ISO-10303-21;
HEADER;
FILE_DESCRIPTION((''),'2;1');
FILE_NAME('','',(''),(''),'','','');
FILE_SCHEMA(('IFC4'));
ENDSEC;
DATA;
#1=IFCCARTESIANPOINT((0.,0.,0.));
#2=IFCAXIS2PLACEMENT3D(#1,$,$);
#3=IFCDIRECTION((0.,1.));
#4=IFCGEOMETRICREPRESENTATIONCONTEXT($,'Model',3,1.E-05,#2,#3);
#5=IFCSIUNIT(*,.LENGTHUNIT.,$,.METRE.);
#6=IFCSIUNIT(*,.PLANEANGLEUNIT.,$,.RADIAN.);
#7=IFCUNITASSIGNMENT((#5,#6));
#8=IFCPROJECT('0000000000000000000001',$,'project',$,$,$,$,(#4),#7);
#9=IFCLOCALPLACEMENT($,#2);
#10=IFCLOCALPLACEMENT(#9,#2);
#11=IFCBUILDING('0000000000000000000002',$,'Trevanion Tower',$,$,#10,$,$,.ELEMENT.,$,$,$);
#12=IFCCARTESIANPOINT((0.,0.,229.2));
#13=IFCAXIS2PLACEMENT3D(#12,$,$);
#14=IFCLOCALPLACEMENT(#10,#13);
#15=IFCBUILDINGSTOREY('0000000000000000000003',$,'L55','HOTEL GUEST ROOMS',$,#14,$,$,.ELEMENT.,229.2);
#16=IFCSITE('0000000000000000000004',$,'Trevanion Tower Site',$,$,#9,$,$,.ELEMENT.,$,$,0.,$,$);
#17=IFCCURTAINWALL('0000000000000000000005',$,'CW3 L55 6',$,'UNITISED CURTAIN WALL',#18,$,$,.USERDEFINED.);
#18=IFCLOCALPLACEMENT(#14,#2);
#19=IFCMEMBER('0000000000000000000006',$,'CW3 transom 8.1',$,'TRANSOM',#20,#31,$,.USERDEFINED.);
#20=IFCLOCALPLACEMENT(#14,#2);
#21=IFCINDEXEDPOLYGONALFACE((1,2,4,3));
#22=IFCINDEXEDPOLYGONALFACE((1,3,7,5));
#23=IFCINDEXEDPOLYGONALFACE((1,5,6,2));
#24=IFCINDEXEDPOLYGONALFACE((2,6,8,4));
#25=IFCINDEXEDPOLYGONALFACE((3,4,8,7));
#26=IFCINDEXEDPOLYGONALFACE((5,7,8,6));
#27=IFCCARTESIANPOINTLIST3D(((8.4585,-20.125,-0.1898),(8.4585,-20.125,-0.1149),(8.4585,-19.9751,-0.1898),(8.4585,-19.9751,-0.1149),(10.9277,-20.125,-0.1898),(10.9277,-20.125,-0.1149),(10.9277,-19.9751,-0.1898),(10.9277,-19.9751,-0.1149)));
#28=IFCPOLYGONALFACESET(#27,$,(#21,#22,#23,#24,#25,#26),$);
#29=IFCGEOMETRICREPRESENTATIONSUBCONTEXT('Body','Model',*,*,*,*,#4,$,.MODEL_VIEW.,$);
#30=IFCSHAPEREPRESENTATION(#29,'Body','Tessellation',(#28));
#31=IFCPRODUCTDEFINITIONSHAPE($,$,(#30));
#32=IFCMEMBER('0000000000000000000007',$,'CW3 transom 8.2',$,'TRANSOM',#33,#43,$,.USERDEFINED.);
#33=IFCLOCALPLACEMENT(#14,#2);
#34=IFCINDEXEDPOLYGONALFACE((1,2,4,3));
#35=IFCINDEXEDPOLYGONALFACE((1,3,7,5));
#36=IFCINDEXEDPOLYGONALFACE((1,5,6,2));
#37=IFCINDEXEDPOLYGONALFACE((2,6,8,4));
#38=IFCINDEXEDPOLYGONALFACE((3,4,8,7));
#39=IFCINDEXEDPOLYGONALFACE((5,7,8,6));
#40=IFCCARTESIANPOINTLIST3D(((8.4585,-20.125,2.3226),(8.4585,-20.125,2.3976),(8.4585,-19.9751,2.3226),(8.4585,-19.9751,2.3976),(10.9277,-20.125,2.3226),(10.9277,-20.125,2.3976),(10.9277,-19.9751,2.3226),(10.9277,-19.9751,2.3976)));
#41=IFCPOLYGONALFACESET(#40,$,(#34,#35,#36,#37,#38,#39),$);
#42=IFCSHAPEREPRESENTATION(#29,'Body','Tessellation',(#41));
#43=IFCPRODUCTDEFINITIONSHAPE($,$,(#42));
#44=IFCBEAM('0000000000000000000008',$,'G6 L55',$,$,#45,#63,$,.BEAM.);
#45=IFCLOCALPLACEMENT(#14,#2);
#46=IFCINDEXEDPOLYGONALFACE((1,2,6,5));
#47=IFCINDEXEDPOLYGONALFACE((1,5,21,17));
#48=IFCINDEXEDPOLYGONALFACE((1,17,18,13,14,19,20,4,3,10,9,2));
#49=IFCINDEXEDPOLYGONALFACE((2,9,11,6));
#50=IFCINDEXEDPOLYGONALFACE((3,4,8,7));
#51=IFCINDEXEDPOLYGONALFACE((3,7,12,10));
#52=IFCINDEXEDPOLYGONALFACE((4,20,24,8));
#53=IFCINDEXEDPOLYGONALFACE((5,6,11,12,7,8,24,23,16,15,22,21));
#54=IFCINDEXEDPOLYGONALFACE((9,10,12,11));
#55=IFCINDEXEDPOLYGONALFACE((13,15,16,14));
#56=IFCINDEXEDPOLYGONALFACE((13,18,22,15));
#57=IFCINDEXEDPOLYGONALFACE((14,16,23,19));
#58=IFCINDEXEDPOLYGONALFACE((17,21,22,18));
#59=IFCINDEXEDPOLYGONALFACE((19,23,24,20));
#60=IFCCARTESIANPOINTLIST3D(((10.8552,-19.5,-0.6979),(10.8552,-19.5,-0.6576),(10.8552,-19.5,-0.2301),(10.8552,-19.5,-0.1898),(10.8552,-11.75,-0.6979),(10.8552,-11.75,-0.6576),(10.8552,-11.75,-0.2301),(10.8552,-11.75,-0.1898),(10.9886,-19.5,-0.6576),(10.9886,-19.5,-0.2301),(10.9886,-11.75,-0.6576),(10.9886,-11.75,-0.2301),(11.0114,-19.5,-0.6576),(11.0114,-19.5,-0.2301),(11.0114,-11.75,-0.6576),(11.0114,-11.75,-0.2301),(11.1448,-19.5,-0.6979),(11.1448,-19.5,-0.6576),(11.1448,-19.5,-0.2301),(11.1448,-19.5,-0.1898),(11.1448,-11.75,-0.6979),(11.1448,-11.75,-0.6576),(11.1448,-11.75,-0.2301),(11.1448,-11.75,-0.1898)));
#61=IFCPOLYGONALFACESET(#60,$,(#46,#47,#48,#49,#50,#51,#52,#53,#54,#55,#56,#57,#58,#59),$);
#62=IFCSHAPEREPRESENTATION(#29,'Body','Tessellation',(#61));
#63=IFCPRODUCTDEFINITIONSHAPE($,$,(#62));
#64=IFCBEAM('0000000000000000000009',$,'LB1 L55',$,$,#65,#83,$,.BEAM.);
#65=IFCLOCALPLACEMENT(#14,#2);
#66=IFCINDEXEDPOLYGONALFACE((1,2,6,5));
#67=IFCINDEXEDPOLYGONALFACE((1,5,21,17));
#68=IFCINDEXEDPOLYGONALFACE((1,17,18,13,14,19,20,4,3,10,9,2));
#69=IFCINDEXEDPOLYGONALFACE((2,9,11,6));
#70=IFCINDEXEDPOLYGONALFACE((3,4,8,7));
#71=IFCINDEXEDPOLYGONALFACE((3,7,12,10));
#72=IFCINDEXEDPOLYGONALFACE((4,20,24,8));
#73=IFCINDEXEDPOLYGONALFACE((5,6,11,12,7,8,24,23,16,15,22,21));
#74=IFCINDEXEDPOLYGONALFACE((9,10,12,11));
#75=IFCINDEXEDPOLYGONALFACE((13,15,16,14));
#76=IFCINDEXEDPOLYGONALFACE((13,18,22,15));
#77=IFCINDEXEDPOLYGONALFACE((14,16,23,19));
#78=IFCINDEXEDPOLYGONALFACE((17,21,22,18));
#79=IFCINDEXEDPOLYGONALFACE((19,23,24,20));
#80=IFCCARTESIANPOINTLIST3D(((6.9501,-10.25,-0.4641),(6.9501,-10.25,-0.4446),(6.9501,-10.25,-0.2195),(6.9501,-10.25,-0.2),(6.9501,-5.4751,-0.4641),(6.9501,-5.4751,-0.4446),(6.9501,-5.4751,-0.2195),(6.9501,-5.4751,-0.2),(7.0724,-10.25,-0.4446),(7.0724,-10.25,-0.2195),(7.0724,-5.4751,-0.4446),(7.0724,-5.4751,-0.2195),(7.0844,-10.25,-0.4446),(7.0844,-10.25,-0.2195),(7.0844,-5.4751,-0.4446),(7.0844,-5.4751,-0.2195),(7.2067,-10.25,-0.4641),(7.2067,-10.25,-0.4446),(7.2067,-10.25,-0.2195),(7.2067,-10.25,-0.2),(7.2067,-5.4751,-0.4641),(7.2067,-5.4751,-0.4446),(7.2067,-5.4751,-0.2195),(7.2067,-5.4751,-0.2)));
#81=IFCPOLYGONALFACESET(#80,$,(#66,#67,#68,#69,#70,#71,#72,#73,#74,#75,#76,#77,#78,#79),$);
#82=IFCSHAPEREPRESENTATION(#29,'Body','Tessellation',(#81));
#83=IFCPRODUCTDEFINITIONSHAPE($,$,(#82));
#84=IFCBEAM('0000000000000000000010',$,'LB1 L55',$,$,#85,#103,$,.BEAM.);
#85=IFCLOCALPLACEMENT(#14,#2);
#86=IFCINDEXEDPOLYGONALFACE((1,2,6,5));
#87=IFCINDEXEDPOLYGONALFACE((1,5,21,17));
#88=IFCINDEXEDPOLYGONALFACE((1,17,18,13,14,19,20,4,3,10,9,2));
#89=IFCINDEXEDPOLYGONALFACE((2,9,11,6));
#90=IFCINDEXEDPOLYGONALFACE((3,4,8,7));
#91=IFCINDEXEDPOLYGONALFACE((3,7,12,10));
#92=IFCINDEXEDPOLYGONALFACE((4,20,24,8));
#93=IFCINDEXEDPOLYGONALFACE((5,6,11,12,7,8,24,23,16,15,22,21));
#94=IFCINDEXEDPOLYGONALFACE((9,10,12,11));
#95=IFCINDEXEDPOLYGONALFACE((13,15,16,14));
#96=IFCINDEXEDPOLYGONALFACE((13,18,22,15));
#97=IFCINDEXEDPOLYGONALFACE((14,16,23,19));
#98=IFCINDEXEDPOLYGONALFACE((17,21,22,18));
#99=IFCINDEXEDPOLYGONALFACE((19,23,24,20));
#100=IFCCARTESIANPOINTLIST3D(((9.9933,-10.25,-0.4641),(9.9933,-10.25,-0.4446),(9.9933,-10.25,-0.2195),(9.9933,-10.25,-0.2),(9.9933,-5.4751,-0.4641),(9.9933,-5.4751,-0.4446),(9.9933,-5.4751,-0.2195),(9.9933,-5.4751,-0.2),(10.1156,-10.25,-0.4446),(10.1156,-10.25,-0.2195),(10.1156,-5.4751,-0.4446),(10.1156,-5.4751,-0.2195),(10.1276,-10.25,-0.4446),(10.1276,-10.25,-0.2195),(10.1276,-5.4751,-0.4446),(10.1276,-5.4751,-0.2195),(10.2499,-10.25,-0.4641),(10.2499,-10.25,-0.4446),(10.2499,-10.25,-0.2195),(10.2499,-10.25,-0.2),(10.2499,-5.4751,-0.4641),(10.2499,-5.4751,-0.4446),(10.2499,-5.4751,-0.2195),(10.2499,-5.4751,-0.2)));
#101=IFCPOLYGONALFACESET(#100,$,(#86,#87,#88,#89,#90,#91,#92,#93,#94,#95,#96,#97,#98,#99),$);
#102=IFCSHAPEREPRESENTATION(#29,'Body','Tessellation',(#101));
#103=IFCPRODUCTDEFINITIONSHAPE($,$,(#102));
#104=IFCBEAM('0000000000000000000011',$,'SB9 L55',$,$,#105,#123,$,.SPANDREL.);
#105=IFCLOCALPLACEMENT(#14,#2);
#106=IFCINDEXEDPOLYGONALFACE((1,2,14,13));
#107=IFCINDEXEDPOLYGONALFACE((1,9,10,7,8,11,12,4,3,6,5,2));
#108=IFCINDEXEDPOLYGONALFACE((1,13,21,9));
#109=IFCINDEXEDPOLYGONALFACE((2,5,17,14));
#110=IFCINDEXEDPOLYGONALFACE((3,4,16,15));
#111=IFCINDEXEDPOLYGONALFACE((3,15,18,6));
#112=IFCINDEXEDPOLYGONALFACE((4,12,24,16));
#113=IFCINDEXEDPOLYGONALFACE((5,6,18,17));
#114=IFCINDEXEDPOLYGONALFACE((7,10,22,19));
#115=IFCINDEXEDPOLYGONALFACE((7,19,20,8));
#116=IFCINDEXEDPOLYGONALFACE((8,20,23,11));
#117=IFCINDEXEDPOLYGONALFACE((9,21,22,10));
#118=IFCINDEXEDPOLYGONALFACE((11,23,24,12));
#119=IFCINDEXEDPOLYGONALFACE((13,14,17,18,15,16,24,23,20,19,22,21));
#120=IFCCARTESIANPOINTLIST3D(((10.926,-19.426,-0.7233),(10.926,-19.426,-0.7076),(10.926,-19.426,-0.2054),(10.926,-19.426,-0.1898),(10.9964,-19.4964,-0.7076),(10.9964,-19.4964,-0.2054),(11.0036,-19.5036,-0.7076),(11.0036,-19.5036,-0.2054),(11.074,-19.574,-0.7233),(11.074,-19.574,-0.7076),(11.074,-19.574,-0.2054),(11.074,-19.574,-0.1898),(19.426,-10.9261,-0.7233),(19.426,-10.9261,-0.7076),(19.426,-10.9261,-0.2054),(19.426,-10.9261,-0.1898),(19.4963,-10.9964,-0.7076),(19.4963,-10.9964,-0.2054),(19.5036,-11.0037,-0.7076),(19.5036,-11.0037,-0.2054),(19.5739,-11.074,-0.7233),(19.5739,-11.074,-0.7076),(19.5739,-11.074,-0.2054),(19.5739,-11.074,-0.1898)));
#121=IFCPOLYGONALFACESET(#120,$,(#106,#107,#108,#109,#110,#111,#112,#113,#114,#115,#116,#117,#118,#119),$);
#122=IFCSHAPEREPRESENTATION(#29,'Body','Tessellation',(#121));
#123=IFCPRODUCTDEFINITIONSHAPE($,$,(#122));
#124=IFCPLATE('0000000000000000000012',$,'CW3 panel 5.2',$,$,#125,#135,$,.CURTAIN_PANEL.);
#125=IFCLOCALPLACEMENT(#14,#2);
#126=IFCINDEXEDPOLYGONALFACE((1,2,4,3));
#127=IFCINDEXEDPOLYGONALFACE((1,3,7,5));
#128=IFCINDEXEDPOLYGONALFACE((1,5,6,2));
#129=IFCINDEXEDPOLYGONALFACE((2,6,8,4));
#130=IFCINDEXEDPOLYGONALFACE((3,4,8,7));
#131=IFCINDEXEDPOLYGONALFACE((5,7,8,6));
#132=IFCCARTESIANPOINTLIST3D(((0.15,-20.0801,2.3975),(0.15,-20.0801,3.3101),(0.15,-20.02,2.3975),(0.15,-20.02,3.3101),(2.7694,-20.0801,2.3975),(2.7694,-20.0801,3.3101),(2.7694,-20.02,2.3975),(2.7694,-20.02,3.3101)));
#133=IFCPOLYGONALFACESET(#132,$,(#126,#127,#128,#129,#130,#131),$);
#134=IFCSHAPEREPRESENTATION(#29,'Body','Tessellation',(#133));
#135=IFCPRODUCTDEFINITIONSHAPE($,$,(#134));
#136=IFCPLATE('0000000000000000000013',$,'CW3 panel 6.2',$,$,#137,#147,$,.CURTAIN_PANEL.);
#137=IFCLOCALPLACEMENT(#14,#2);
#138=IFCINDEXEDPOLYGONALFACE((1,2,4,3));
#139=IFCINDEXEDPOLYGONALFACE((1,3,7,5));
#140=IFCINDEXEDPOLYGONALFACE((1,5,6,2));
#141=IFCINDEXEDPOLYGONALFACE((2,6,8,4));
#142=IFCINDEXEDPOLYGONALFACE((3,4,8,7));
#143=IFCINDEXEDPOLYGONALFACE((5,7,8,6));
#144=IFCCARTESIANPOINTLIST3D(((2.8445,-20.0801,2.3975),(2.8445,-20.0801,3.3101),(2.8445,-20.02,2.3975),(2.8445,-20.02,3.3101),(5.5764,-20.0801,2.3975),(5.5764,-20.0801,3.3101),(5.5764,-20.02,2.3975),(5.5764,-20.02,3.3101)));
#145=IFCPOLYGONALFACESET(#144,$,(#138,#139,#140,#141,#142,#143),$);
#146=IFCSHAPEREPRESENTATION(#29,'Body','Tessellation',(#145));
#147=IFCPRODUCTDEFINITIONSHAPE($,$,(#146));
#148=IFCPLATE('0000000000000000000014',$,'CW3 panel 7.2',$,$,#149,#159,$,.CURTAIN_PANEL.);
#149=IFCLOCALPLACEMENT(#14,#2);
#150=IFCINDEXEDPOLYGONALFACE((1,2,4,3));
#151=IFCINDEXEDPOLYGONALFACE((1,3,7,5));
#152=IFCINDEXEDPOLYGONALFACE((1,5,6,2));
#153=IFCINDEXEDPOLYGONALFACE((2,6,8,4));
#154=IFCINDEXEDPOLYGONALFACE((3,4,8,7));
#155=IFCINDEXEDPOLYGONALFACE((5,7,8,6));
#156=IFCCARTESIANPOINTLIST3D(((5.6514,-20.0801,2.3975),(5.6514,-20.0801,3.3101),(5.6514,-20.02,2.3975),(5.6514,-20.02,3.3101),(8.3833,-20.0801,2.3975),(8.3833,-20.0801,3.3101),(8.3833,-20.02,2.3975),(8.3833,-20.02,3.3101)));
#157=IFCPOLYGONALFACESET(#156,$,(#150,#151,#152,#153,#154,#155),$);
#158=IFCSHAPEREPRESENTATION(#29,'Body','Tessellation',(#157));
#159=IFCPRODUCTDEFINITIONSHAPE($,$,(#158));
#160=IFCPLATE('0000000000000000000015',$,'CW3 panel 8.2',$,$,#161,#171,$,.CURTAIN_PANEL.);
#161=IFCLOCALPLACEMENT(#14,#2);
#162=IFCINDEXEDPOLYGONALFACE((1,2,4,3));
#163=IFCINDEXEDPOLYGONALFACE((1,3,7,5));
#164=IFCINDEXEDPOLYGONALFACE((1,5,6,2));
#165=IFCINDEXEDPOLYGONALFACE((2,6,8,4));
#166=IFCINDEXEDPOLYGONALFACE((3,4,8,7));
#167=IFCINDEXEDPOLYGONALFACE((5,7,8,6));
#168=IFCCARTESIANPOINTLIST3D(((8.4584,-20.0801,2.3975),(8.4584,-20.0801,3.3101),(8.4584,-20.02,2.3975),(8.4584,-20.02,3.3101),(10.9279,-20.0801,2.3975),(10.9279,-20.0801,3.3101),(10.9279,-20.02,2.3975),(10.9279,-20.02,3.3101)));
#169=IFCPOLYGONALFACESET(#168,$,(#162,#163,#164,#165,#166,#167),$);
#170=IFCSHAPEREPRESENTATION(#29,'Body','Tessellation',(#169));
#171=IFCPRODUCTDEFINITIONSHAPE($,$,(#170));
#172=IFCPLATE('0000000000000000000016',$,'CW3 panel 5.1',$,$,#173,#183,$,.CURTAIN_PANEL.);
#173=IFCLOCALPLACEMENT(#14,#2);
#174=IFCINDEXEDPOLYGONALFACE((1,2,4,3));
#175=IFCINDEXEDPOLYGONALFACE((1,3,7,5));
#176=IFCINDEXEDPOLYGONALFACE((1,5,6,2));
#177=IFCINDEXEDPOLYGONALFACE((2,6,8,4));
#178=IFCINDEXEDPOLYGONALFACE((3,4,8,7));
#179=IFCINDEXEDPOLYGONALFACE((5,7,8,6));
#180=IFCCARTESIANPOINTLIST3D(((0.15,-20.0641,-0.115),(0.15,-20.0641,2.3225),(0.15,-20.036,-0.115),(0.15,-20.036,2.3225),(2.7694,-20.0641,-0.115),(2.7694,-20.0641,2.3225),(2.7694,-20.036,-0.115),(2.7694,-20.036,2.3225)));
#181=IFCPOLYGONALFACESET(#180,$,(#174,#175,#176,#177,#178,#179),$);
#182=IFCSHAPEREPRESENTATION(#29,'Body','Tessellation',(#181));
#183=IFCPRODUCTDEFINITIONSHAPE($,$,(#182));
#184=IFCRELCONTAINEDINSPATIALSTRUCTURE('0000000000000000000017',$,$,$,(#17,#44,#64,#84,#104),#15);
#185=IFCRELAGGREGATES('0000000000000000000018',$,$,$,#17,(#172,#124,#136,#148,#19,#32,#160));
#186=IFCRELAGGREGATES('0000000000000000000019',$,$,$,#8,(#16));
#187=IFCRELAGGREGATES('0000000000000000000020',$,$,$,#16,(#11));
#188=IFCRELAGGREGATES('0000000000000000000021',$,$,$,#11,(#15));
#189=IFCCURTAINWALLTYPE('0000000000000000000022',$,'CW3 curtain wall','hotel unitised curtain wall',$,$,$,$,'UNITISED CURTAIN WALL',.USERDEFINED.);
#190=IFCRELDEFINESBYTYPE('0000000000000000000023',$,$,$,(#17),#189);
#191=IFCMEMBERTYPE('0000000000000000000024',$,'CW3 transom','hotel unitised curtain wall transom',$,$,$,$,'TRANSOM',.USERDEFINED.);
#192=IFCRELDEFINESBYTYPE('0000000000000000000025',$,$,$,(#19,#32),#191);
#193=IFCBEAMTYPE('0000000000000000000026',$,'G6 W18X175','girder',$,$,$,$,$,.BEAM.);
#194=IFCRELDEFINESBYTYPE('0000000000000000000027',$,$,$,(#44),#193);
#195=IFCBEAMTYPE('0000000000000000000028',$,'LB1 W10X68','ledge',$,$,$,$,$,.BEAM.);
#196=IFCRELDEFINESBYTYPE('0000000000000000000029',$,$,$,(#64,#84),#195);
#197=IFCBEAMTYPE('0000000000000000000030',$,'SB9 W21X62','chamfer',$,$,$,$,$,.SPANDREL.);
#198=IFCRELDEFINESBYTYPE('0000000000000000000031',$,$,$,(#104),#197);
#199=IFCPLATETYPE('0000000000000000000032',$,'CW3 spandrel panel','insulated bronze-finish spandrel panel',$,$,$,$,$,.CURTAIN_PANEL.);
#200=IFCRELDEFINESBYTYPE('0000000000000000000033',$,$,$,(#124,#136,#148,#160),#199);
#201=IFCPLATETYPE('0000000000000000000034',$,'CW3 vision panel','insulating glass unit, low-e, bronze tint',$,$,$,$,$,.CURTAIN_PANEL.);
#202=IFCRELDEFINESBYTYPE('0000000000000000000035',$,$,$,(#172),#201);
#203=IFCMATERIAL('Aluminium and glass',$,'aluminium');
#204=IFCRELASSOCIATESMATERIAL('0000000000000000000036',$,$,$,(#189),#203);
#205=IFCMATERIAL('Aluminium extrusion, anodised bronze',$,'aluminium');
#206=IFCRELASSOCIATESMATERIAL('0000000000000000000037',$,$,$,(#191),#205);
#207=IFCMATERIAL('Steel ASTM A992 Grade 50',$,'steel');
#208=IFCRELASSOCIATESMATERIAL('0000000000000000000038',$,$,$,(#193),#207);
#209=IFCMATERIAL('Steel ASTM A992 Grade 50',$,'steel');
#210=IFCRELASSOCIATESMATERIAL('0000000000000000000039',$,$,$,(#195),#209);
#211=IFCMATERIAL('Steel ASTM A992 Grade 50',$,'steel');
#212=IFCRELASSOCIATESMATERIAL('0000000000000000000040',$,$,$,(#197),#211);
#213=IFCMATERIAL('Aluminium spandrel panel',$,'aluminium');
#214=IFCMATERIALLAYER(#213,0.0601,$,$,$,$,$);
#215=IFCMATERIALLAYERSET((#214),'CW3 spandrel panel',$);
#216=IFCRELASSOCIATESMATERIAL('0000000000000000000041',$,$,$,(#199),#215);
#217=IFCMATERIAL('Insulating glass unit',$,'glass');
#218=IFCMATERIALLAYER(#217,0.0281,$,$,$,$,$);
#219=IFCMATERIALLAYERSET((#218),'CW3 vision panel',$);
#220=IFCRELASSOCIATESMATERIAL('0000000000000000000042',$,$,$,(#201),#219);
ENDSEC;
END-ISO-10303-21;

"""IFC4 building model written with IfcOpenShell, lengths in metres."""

from ifc_helpers import new_model, si_unit, direction, frame, origin, origin_2d, place, context, subcontext, project, spatial, rectangle, i_section, extrude, material, layer, layer_set, material_profile, profile_set, type_object, element, aggregate, save


model = new_model("IFC4")

# Units and contexts
model_context = context("Model", 3, precision=1e-05, world=origin(), true_north=direction((0.0, 1.0)))
body_context = subcontext(model_context, "Body", "Model", "MODEL_VIEW")
ifc_project = project(units=[si_unit("LENGTHUNIT", "METRE"), si_unit("PLANEANGLEUNIT", "RADIAN")], contexts=[model_context])

# Site, building, storey
site_placement = place(None, origin())
site = spatial("IfcSite", under=ifc_project, at=site_placement, Name="Trevanion Tower Site", CompositionType="ELEMENT", RefElevation=0.0)
building_placement = place(site_placement, origin())
building = spatial("IfcBuilding", under=site, at=building_placement, Name="Trevanion Tower", CompositionType="ELEMENT")
storey_placement = place(building_placement, frame((0.0, 0.0, 229.2)))
storey = spatial("IfcBuildingStorey", under=building, at=storey_placement, Name="L55", Description="HOTEL GUEST ROOMS", CompositionType="ELEMENT", Elevation=229.2)

# Curtain wall, members
ifc_material_1 = material(Name="Aluminium and glass", Category="aluminium")
curtain_wall_type = type_object("IfcCurtainWallType", Name="CW3 curtain wall", Description="hotel unitised curtain wall", ElementType="UNITISED CURTAIN WALL", PredefinedType="USERDEFINED", material=ifc_material_1)
curtain_wall_placement = place(storey_placement, origin())
curtain_wall = element("IfcCurtainWall", 1, at=curtain_wall_placement, inside=storey, type_object=curtain_wall_type, Name="CW3 L55 6", ObjectType="UNITISED CURTAIN WALL", PredefinedType="USERDEFINED")
ifc_material_2 = material(Name="Aluminium extrusion, anodised bronze", Category="aluminium")
ifc_material_profile_1 = material_profile(ifc_material_2, rectangle(XDim=0.1499, YDim=0.075, at=origin_2d()), Name="CW3 transom")
ifc_profile_set_1 = profile_set([ifc_material_profile_1], Name="Aluminium extrusion, anodised bronze")
member_type_1 = type_object("IfcMemberType", Name="CW3 transom", Description="hotel unitised curtain wall transom", ElementType="TRANSOM", PredefinedType="USERDEFINED", material=ifc_profile_set_1)
member_1_placement = place(storey_placement, frame((8.4585, -20.05, -0.1523), z_axis=(1.0, 0.0, 0.0), x_axis=(0.0, 1.0, 0.0)))
member_1 = element("IfcMember", 2, at=member_1_placement, type_object=member_type_1, Name="CW3 transom 8.1", ObjectType="TRANSOM", PredefinedType="USERDEFINED", context=body_context, shape_type="SweptSolid", body=[
    extrude(rectangle(XDim=0.1499, YDim=0.075, at=origin_2d()), origin(), (0.0, 0.0, 1.0), 2.4692),
])
member_2_placement = place(storey_placement, frame((8.4585, -20.05, 2.3601), z_axis=(1.0, 0.0, 0.0), x_axis=(0.0, 1.0, 0.0)))
member_2 = element("IfcMember", 3, at=member_2_placement, type_object=member_type_1, Name="CW3 transom 8.2", ObjectType="TRANSOM", PredefinedType="USERDEFINED", context=body_context, shape_type="SweptSolid", body=[
    extrude(rectangle(XDim=0.1499, YDim=0.075, at=origin_2d()), origin(), (0.0, 0.0, 1.0), 2.4692),
])

# Beams
ifc_material_3 = material(Name="Steel ASTM A992 Grade 50", Category="steel")
ifc_material_profile_2 = material_profile(ifc_material_3, i_section(OverallWidth=0.2896, OverallDepth=0.5081, WebThickness=0.0227, FlangeThickness=0.0403, at=origin_2d()), Name="W18X175")
ifc_profile_set_2 = profile_set([ifc_material_profile_2], Name="Steel ASTM A992 Grade 50")
beam_type_1 = type_object("IfcBeamType", Name="G6 W18X175", Description="girder", PredefinedType="BEAM", material=ifc_profile_set_2)
beam_1_placement = place(storey_placement, frame((11.0, -11.75, -0.4438), z_axis=(0.0, -1.0, 0.0), x_axis=(1.0, 0.0, 0.0)))
element("IfcBeam", 4, at=beam_1_placement, inside=storey, type_object=beam_type_1, Name="G6 L55", PredefinedType="BEAM", context=body_context, shape_type="SweptSolid", body=[
    extrude(i_section(OverallWidth=0.2896, OverallDepth=0.5081, WebThickness=0.0227, FlangeThickness=0.0403, at=origin_2d()), origin(), (0.0, 0.0, 1.0), 7.75),
])
ifc_material_4 = material(Name="Steel ASTM A992 Grade 50", Category="steel")
ifc_material_profile_3 = material_profile(ifc_material_4, i_section(OverallWidth=0.2566, OverallDepth=0.2642, WebThickness=0.012, FlangeThickness=0.0195, at=origin_2d()), Name="W10X68")
ifc_profile_set_3 = profile_set([ifc_material_profile_3], Name="Steel ASTM A992 Grade 50")
beam_type_2 = type_object("IfcBeamType", Name="LB1 W10X68", Description="ledge", PredefinedType="BEAM", material=ifc_profile_set_3)
for number, where, z_axis, x_axis, name in (
    (5, (7.0784, -10.25, -0.332), (0.0, 1.0, 0.0), (-1.0, 0.0, 0.0), "LB1 L55"),
    (6, (10.1216, -10.25, -0.332), (0.0, 1.0, 0.0), (-1.0, 0.0, 0.0), "LB1 L55"),
):
    element("IfcBeam", number, at=place(storey_placement, frame(where, z_axis=z_axis, x_axis=x_axis)), inside=storey, type_object=beam_type_2, Name=name, PredefinedType="BEAM", context=body_context, shape_type="SweptSolid", body=[
        extrude(i_section(OverallWidth=0.2566, OverallDepth=0.2642, WebThickness=0.012, FlangeThickness=0.0195, at=origin_2d()), origin(), (0.0, 0.0, 1.0), 4.7749),
    ])
ifc_material_5 = material(Name="Steel ASTM A992 Grade 50", Category="steel")
ifc_material_profile_4 = material_profile(ifc_material_5, i_section(OverallWidth=0.2092, OverallDepth=0.5334, WebThickness=0.0103, FlangeThickness=0.0156, at=origin_2d()), Name="W21X62")
ifc_profile_set_4 = profile_set([ifc_material_profile_4], Name="Steel ASTM A992 Grade 50")
beam_type_3 = type_object("IfcBeamType", Name="SB9 W21X62", Description="chamfer", PredefinedType="SPANDREL", material=ifc_profile_set_4)
beam_2_placement = place(storey_placement, frame((11.0, -19.5, -0.4565), z_axis=(0.707107, 0.707107, 0.0), x_axis=(-0.707107, 0.707107, 0.0)))
element("IfcBeam", 7, at=beam_2_placement, inside=storey, type_object=beam_type_3, Name="SB9 L55", PredefinedType="SPANDREL", context=body_context, shape_type="SweptSolid", body=[
    extrude(i_section(OverallWidth=0.2092, OverallDepth=0.5334, WebThickness=0.0103, FlangeThickness=0.0156, at=origin_2d()), origin(), (0.0, 0.0, 1.0), 12.0208),
])

# Plates
ifc_material_6 = material(Name="Aluminium spandrel panel", Category="aluminium")
ifc_layer_1 = layer(ifc_material_6, 0.0601)
ifc_layer_set_1 = layer_set([ifc_layer_1], Name="CW3 spandrel panel")
plate_type_1 = type_object("IfcPlateType", Name="CW3 spandrel panel", Description="insulated bronze-finish spandrel panel", PredefinedType="CURTAIN_PANEL", material=ifc_layer_set_1)
plate_1_placement = place(storey_placement, frame((1.4597, -20.05, 2.3975), z_axis=(0.0, 0.0, 1.0), x_axis=(1.0, 0.0, 0.0)))
plate_1 = element("IfcPlate", 8, at=plate_1_placement, type_object=plate_type_1, Name="CW3 panel 5.2", PredefinedType="CURTAIN_PANEL", context=body_context, shape_type="SweptSolid", body=[
    extrude(rectangle(XDim=2.6194, YDim=0.0601, at=origin_2d()), origin(), (0.0, 0.0, 1.0), 0.9126),
])
plate_2_placement = place(storey_placement, frame((4.2104, -20.05, 2.3975), z_axis=(0.0, 0.0, 1.0), x_axis=(1.0, 0.0, 0.0)))
plate_2 = element("IfcPlate", 9, at=plate_2_placement, type_object=plate_type_1, Name="CW3 panel 6.2", PredefinedType="CURTAIN_PANEL", context=body_context, shape_type="SweptSolid", body=[
    extrude(rectangle(XDim=2.7319, YDim=0.0601, at=origin_2d()), origin(), (0.0, 0.0, 1.0), 0.9126),
])
plate_3_placement = place(storey_placement, frame((7.0173, -20.05, 2.3975), z_axis=(0.0, 0.0, 1.0), x_axis=(1.0, 0.0, 0.0)))
plate_3 = element("IfcPlate", 10, at=plate_3_placement, type_object=plate_type_1, Name="CW3 panel 7.2", PredefinedType="CURTAIN_PANEL", context=body_context, shape_type="SweptSolid", body=[
    extrude(rectangle(XDim=2.7319, YDim=0.0601, at=origin_2d()), origin(), (0.0, 0.0, 1.0), 0.9126),
])
plate_4_placement = place(storey_placement, frame((9.6931, -20.05, 2.3975), z_axis=(0.0, 0.0, 1.0), x_axis=(1.0, 0.0, 0.0)))
plate_4 = element("IfcPlate", 11, at=plate_4_placement, type_object=plate_type_1, Name="CW3 panel 8.2", PredefinedType="CURTAIN_PANEL", context=body_context, shape_type="SweptSolid", body=[
    extrude(rectangle(XDim=2.4695, YDim=0.0601, at=origin_2d()), origin(), (0.0, 0.0, 1.0), 0.9126),
])
ifc_material_7 = material(Name="Insulating glass unit", Category="glass")
ifc_layer_2 = layer(ifc_material_7, 0.0281)
ifc_layer_set_2 = layer_set([ifc_layer_2], Name="CW3 vision panel")
plate_type_2 = type_object("IfcPlateType", Name="CW3 vision panel", Description="insulating glass unit, low-e, bronze tint", PredefinedType="CURTAIN_PANEL", material=ifc_layer_set_2)
plate_5_placement = place(storey_placement, frame((1.4597, -20.05, -0.115), z_axis=(0.0, 0.0, 1.0), x_axis=(1.0, 0.0, 0.0)))
plate_5 = element("IfcPlate", 12, at=plate_5_placement, type_object=plate_type_2, Name="CW3 panel 5.1", PredefinedType="CURTAIN_PANEL", context=body_context, shape_type="SweptSolid", body=[
    extrude(rectangle(XDim=2.6194, YDim=0.0281, at=origin_2d()), origin(), (0.0, 0.0, 1.0), 2.4375),
])
aggregate(curtain_wall, [plate_5, plate_1, plate_2, plate_3, member_1, member_2, plate_4])

save(model, "model.ifc")
